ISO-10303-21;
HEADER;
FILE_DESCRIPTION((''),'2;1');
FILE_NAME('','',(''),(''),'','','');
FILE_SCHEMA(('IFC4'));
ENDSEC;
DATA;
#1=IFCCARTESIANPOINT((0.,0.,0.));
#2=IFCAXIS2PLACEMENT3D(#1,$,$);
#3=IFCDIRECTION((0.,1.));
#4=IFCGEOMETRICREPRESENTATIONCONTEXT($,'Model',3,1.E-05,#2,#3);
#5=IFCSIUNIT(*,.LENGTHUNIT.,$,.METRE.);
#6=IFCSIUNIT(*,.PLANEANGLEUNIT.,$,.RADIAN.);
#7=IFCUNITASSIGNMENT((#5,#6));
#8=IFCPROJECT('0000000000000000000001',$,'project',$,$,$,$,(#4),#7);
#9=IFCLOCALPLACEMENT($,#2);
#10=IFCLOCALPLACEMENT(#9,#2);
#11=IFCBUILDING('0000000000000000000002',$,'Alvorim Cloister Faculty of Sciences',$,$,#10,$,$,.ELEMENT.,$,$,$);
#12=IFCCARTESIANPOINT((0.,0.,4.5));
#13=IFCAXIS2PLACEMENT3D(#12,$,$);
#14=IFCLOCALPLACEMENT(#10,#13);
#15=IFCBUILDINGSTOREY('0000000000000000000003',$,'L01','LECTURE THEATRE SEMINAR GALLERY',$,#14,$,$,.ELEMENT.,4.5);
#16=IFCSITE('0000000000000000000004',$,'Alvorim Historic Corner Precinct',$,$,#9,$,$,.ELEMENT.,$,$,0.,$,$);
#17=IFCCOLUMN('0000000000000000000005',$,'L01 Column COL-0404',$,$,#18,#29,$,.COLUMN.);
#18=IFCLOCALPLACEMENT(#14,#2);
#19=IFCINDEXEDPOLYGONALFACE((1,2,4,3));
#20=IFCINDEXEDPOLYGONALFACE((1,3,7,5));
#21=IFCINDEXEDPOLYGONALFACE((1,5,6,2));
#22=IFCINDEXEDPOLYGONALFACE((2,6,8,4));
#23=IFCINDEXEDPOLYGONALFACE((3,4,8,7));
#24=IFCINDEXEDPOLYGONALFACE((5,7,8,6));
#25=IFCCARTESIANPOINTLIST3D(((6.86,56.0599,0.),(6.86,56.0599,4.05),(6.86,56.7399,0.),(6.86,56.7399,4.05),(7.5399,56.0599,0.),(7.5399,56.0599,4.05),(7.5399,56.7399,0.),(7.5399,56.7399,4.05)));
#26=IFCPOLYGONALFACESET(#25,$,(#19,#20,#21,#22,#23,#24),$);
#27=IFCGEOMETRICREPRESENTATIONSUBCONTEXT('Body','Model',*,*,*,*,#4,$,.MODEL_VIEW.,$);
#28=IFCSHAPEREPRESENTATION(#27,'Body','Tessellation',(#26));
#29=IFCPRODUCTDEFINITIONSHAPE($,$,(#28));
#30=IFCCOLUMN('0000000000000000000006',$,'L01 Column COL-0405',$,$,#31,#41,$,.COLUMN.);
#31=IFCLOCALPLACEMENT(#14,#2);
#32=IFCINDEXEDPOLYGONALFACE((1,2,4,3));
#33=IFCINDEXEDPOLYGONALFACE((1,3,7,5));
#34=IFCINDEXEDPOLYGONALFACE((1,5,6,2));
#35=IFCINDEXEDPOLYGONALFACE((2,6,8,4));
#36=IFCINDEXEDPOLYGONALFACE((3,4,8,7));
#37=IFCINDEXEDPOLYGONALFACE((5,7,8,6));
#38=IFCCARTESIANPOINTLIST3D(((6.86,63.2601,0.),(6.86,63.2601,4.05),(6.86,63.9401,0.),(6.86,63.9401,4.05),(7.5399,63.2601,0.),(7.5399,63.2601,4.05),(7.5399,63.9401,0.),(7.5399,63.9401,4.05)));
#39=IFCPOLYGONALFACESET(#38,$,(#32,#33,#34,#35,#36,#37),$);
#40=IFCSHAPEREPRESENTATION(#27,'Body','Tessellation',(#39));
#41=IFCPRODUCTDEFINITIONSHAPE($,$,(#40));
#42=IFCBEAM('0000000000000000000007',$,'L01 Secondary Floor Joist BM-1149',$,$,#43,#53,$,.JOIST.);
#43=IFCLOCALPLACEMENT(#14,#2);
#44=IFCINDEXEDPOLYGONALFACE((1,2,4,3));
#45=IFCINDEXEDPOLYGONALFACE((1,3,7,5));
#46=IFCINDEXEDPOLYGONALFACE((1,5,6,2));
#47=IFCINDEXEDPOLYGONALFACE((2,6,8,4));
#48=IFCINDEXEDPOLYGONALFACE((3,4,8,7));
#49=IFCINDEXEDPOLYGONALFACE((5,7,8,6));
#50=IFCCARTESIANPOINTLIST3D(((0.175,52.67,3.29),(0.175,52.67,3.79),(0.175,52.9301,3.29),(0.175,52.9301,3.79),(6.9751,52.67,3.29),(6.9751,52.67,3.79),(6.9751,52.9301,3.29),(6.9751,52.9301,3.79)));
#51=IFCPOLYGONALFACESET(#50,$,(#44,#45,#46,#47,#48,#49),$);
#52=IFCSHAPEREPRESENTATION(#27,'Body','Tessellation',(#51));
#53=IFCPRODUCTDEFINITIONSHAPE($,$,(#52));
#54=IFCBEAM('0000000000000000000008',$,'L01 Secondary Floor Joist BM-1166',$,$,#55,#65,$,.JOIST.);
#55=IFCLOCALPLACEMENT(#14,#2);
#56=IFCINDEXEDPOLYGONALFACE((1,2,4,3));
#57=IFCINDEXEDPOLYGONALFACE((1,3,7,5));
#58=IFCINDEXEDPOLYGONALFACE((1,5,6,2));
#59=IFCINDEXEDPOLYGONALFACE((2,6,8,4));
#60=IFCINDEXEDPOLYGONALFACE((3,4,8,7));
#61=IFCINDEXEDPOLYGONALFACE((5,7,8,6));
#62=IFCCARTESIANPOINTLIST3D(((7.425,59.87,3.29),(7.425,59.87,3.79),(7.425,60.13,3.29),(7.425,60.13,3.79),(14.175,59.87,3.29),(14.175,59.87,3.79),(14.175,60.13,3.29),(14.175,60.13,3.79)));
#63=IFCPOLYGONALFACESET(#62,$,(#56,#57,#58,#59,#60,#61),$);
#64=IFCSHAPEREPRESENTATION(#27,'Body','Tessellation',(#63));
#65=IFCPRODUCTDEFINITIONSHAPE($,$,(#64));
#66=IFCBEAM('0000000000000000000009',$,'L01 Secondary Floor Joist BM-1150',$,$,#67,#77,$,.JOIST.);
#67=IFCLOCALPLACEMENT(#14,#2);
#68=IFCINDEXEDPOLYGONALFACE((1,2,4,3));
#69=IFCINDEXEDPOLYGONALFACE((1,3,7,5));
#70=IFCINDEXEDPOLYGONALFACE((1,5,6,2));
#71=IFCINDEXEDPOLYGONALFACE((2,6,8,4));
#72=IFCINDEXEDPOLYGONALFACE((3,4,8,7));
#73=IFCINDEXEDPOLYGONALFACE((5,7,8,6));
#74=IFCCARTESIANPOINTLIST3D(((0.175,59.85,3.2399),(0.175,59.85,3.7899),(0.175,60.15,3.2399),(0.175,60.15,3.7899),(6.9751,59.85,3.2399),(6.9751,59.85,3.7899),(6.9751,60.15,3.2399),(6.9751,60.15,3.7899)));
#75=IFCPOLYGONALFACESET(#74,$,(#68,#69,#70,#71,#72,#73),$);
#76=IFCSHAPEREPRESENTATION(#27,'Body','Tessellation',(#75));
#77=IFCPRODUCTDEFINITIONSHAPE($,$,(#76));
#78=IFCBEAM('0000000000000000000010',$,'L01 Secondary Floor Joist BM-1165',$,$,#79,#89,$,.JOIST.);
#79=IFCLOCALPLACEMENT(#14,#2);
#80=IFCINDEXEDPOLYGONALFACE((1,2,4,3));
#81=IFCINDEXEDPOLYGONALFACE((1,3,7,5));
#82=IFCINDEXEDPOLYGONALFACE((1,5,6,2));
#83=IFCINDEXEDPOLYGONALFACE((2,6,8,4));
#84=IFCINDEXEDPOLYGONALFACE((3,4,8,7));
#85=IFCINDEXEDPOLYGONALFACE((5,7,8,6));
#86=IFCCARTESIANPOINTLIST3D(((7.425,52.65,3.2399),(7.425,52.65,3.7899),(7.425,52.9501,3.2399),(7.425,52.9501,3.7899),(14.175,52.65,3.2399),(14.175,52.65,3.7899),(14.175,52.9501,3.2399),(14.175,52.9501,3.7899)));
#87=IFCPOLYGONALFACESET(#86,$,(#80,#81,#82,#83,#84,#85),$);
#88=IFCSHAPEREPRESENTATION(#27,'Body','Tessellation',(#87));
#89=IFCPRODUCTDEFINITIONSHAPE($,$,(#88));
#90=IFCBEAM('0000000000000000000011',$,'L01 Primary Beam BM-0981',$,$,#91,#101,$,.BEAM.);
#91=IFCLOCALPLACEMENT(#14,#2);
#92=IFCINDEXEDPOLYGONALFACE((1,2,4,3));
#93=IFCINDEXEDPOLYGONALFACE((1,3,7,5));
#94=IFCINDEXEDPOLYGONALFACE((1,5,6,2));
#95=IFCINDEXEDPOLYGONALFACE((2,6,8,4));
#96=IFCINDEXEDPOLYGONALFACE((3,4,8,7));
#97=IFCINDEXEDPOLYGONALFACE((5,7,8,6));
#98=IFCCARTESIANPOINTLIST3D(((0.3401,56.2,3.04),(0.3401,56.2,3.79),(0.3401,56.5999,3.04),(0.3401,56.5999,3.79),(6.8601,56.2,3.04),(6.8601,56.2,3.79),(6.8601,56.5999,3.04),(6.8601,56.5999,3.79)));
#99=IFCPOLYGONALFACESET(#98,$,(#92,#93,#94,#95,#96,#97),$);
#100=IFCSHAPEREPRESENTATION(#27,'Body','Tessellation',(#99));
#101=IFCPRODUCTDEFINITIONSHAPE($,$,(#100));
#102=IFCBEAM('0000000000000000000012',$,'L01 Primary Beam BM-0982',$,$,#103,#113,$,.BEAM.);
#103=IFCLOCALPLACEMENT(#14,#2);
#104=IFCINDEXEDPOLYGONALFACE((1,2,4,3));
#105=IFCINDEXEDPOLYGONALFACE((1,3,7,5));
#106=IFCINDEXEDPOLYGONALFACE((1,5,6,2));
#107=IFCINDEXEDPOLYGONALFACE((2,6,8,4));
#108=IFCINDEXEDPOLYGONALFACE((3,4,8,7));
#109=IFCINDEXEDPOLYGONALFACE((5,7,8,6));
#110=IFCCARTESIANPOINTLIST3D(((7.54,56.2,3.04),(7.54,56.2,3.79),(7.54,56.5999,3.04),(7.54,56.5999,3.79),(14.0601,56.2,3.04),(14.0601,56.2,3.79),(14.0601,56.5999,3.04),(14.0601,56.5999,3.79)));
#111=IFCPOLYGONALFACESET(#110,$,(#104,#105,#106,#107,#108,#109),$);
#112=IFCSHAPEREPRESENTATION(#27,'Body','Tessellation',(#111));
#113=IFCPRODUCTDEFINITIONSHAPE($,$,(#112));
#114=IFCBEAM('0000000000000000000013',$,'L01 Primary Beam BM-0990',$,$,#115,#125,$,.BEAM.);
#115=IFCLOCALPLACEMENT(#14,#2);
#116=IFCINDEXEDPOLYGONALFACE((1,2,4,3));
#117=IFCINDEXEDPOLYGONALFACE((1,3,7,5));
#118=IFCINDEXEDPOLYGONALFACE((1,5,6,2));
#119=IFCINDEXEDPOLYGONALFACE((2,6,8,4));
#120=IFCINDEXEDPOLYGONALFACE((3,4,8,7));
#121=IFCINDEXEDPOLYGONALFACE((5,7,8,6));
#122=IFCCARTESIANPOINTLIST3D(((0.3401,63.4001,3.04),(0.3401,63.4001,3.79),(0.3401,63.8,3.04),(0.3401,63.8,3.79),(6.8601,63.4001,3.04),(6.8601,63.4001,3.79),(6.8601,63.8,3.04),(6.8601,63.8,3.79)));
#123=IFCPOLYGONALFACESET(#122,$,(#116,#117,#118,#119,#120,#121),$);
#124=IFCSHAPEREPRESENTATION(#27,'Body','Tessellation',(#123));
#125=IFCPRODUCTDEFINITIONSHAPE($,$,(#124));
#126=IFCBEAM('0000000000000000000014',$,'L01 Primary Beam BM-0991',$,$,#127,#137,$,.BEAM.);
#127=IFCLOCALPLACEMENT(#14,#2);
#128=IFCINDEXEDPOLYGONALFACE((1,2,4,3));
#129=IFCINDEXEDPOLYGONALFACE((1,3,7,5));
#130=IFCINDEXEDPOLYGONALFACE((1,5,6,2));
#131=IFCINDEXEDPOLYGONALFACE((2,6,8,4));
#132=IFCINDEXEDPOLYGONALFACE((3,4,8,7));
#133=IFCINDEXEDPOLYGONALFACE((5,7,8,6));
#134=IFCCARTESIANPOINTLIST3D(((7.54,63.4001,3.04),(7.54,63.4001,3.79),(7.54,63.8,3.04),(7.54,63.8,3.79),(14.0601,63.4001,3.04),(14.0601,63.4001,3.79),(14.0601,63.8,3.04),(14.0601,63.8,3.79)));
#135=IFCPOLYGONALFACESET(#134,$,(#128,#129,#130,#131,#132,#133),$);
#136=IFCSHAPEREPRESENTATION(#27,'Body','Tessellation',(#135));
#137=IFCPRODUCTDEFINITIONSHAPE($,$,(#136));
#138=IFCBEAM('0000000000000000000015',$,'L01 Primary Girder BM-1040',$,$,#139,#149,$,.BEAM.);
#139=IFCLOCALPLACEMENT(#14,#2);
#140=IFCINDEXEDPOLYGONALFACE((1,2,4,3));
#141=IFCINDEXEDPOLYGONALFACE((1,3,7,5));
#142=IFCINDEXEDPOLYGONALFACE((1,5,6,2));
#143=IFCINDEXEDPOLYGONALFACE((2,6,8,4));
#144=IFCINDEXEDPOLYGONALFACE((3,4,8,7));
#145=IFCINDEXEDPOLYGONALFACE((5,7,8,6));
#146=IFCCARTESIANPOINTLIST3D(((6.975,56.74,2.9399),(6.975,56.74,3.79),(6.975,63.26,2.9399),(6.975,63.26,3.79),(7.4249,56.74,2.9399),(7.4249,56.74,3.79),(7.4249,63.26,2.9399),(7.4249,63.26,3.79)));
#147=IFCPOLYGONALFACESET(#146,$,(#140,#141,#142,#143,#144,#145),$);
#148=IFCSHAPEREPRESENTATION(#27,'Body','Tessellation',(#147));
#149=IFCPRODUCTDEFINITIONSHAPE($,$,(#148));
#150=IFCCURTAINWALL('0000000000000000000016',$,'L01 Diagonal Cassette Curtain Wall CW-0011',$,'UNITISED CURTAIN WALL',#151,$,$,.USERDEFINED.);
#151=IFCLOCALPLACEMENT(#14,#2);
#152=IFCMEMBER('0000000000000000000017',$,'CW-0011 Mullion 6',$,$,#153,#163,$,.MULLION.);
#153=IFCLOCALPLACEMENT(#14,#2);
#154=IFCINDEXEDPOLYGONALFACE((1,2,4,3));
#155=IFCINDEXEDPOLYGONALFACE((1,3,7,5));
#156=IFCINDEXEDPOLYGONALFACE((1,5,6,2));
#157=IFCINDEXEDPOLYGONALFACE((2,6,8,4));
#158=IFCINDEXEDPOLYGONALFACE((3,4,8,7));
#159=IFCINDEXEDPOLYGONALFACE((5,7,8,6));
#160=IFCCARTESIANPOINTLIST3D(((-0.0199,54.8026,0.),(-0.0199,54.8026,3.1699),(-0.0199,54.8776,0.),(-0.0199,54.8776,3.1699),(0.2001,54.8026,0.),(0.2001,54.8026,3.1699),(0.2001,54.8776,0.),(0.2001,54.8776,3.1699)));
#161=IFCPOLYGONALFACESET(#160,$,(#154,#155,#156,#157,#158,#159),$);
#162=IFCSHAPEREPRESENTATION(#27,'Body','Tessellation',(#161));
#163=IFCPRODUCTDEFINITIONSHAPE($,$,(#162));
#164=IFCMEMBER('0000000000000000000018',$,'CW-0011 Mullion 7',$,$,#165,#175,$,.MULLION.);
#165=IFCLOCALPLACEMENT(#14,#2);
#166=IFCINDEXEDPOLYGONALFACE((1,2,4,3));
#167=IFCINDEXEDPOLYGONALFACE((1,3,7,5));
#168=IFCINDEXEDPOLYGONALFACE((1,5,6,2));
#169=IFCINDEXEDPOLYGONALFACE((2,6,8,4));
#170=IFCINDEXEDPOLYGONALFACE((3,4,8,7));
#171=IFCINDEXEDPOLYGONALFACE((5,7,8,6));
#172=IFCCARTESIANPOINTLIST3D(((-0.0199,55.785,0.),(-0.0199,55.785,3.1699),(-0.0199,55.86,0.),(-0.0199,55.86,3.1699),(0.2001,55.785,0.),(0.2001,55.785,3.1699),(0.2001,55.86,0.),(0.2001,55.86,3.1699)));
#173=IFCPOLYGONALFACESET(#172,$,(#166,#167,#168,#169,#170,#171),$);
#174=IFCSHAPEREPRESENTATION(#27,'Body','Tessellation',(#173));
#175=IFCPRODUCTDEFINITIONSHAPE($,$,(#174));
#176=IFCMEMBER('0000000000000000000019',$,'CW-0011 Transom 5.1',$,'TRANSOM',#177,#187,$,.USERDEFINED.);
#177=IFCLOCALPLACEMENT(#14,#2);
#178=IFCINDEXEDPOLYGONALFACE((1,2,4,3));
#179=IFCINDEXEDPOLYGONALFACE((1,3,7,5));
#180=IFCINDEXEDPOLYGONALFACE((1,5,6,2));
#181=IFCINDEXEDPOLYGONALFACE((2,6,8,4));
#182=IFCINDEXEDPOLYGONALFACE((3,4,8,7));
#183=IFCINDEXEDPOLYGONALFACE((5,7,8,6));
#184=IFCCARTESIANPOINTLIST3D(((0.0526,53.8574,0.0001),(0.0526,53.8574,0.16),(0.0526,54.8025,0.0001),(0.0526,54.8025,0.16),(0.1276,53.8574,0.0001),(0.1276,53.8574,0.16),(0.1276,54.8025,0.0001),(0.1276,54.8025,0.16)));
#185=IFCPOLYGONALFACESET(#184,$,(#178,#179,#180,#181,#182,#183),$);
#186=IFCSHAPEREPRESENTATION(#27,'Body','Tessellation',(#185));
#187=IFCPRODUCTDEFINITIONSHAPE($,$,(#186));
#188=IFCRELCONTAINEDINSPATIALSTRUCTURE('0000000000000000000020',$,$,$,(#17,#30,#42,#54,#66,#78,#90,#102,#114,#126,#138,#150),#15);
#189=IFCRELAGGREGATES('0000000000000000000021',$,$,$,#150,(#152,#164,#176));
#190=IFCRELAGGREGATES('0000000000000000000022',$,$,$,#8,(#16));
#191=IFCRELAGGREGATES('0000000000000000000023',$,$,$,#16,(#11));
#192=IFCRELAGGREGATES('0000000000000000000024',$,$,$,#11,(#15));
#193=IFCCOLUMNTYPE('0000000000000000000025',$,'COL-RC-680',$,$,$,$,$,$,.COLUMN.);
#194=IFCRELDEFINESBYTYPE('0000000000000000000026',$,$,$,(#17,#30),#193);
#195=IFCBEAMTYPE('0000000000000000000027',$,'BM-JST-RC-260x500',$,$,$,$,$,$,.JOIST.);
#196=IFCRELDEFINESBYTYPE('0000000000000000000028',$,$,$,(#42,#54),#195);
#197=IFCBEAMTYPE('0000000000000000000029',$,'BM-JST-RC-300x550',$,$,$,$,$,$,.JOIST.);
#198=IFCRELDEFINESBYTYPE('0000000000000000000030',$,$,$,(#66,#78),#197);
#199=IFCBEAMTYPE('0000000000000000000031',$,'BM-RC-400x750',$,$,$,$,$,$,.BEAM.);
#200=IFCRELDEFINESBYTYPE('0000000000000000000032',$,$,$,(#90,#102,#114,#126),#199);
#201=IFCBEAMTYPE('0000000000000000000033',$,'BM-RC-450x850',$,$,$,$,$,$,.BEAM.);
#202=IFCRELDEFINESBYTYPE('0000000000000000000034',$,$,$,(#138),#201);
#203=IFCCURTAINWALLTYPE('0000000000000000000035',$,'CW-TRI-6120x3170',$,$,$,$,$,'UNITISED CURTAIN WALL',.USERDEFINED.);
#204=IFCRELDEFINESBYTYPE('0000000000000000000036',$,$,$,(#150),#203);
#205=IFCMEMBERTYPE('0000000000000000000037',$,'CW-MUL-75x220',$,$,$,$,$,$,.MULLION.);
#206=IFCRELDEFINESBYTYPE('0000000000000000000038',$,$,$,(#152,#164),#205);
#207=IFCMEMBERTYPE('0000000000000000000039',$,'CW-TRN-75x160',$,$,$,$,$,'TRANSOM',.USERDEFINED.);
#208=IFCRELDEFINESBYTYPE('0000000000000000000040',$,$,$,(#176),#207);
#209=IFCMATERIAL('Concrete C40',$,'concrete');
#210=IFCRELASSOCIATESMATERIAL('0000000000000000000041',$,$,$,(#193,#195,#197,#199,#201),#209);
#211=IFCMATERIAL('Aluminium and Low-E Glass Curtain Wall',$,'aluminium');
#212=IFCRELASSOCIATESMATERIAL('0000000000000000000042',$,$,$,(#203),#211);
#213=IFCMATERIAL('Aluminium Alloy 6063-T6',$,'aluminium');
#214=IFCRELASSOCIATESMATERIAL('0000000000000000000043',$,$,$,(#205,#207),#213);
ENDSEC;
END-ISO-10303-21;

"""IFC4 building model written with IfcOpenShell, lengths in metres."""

from ifc_helpers import new_model, si_unit, direction, frame, origin, origin_2d, place, context, subcontext, project, spatial, rectangle, extrude, material, material_profile, profile_set, type_object, element, aggregate, save


model = new_model("IFC4")

# Units and contexts
model_context = context("Model", 3, precision=1e-05, world=origin(), true_north=direction((0.0, 1.0)))
body_context = subcontext(model_context, "Body", "Model", "MODEL_VIEW")
ifc_project = project(units=[si_unit("LENGTHUNIT", "METRE"), si_unit("PLANEANGLEUNIT", "RADIAN")], contexts=[model_context])

# Site, building, storey
site_placement = place(None, origin())
site = spatial("IfcSite", under=ifc_project, at=site_placement, Name="Alvorim Historic Corner Precinct", CompositionType="ELEMENT", RefElevation=0.0)
building_placement = place(site_placement, origin())
building = spatial("IfcBuilding", under=site, at=building_placement, Name="Alvorim Cloister Faculty of Sciences", CompositionType="ELEMENT")
storey_placement = place(building_placement, frame((0.0, 0.0, 4.5)))
storey = spatial("IfcBuildingStorey", under=building, at=storey_placement, Name="L01", Description="LECTURE THEATRE SEMINAR GALLERY", CompositionType="ELEMENT", Elevation=4.5)

# Columns
ifc_material_1 = material(Name="Concrete C40", Category="concrete")
ifc_material_profile_1 = material_profile(ifc_material_1, rectangle(XDim=0.6799, YDim=0.6799, at=origin_2d()), Name="RC40-COL-680x680")
ifc_profile_set_1 = profile_set([ifc_material_profile_1], Name="Concrete C40")
column_type = type_object("IfcColumnType", Name="COL-RC-680", PredefinedType="COLUMN", material=ifc_profile_set_1)
for number, where, z_axis, x_axis, name in (
    (1, (7.2, 56.3999, 0.0), (0.0, 0.0, 1.0), (1.0, 0.0, 0.0), "L01 Column COL-0404"),
    (2, (7.2, 63.6001, 0.0), (0.0, 0.0, 1.0), (1.0, 0.0, 0.0), "L01 Column COL-0405"),
):
    element("IfcColumn", number, at=place(storey_placement, frame(where, z_axis=z_axis, x_axis=x_axis)), inside=storey, type_object=column_type, Name=name, PredefinedType="COLUMN", context=body_context, shape_type="SweptSolid", body=[
        extrude(rectangle(XDim=0.6799, YDim=0.6799, at=origin_2d()), origin(), (0.0, 0.0, 1.0), 4.05),
    ])

# Beams
ifc_material_profile_2 = material_profile(ifc_material_1, rectangle(XDim=0.26, YDim=0.5, at=origin_2d()), Name="RC40-JST-260x500")
ifc_profile_set_2 = profile_set([ifc_material_profile_2], Name="Concrete C40")
beam_type_1 = type_object("IfcBeamType", Name="BM-JST-RC-260x500", PredefinedType="JOIST", material=ifc_profile_set_2)
beam_1_placement = place(storey_placement, frame((0.175, 52.8, 3.54), z_axis=(1.0, 0.0, 0.0), x_axis=(0.0, 1.0, 0.0)))
element("IfcBeam", 3, at=beam_1_placement, inside=storey, type_object=beam_type_1, Name="L01 Secondary Floor Joist BM-1149", PredefinedType="JOIST", context=body_context, shape_type="SweptSolid", body=[
    extrude(rectangle(XDim=0.26, YDim=0.5, at=origin_2d()), origin(), (0.0, 0.0, 1.0), 6.8),
])
beam_2_placement = place(storey_placement, frame((7.425, 60.0, 3.54), z_axis=(1.0, 0.0, 0.0), x_axis=(0.0, 1.0, 0.0)))
element("IfcBeam", 4, at=beam_2_placement, inside=storey, type_object=beam_type_1, Name="L01 Secondary Floor Joist BM-1166", PredefinedType="JOIST", context=body_context, shape_type="SweptSolid", body=[
    extrude(rectangle(XDim=0.26, YDim=0.5, at=origin_2d()), origin(), (0.0, 0.0, 1.0), 6.75),
])
ifc_material_profile_3 = material_profile(ifc_material_1, rectangle(XDim=0.3, YDim=0.55, at=origin_2d()), Name="RC40-JST-300x550")
ifc_profile_set_3 = profile_set([ifc_material_profile_3], Name="Concrete C40")
beam_type_2 = type_object("IfcBeamType", Name="BM-JST-RC-300x550", PredefinedType="JOIST", material=ifc_profile_set_3)
beam_3_placement = place(storey_placement, frame((0.175, 60.0, 3.5149), z_axis=(1.0, 0.0, 0.0), x_axis=(0.0, 1.0, 0.0)))
element("IfcBeam", 5, at=beam_3_placement, inside=storey, type_object=beam_type_2, Name="L01 Secondary Floor Joist BM-1150", PredefinedType="JOIST", context=body_context, shape_type="SweptSolid", body=[
    extrude(rectangle(XDim=0.3, YDim=0.55, at=origin_2d()), origin(), (0.0, 0.0, 1.0), 6.8),
])
beam_4_placement = place(storey_placement, frame((7.425, 52.8, 3.5149), z_axis=(1.0, 0.0, 0.0), x_axis=(0.0, 1.0, 0.0)))
element("IfcBeam", 6, at=beam_4_placement, inside=storey, type_object=beam_type_2, Name="L01 Secondary Floor Joist BM-1165", PredefinedType="JOIST", context=body_context, shape_type="SweptSolid", body=[
    extrude(rectangle(XDim=0.3, YDim=0.55, at=origin_2d()), origin(), (0.0, 0.0, 1.0), 6.75),
])
ifc_material_profile_4 = material_profile(ifc_material_1, rectangle(XDim=0.3999, YDim=0.75, at=origin_2d()), Name="RC40-BM-400x750")
ifc_profile_set_4 = profile_set([ifc_material_profile_4], Name="Concrete C40")
beam_type_3 = type_object("IfcBeamType", Name="BM-RC-400x750", PredefinedType="BEAM", material=ifc_profile_set_4)
for number, where, z_axis, x_axis, name in (
    (7, (0.3401, 56.3999, 3.415), (1.0, 0.0, 0.0), (0.0, 1.0, 0.0), "L01 Primary Beam BM-0981"),
    (8, (7.54, 56.3999, 3.415), (1.0, 0.0, 0.0), (0.0, 1.0, 0.0), "L01 Primary Beam BM-0982"),
    (9, (0.3401, 63.6001, 3.415), (1.0, 0.0, 0.0), (0.0, 1.0, 0.0), "L01 Primary Beam BM-0990"),
    (10, (7.54, 63.6001, 3.415), (1.0, 0.0, 0.0), (0.0, 1.0, 0.0), "L01 Primary Beam BM-0991"),
):
    element("IfcBeam", number, at=place(storey_placement, frame(where, z_axis=z_axis, x_axis=x_axis)), inside=storey, type_object=beam_type_3, Name=name, PredefinedType="BEAM", context=body_context, shape_type="SweptSolid", body=[
        extrude(rectangle(XDim=0.3999, YDim=0.75, at=origin_2d()), origin(), (0.0, 0.0, 1.0), 6.52),
    ])
ifc_material_profile_5 = material_profile(ifc_material_1, rectangle(XDim=0.45, YDim=0.8501, at=origin_2d()), Name="RC40-BM-450x850")
ifc_profile_set_5 = profile_set([ifc_material_profile_5], Name="Concrete C40")
beam_type_4 = type_object("IfcBeamType", Name="BM-RC-450x850", PredefinedType="BEAM", material=ifc_profile_set_5)
beam_5_placement = place(storey_placement, frame((7.2, 56.74, 3.365), z_axis=(0.0, 1.0, 0.0), x_axis=(-1.0, 0.0, 0.0)))
element("IfcBeam", 11, at=beam_5_placement, inside=storey, type_object=beam_type_4, Name="L01 Primary Girder BM-1040", PredefinedType="BEAM", context=body_context, shape_type="SweptSolid", body=[
    extrude(rectangle(XDim=0.45, YDim=0.8501, at=origin_2d()), origin(), (0.0, 0.0, 1.0), 6.52),
])

# Curtain wall, members
ifc_material_2 = material(Name="Aluminium and Low-E Glass Curtain Wall", Category="aluminium")
curtain_wall_type = type_object("IfcCurtainWallType", Name="CW-TRI-6120x3170", ElementType="UNITISED CURTAIN WALL", PredefinedType="USERDEFINED", material=ifc_material_2)
curtain_wall_placement = place(storey_placement, origin())
curtain_wall = element("IfcCurtainWall", 12, at=curtain_wall_placement, inside=storey, type_object=curtain_wall_type, Name="L01 Diagonal Cassette Curtain Wall CW-0011", ObjectType="UNITISED CURTAIN WALL", PredefinedType="USERDEFINED")
ifc_material_3 = material(Name="Aluminium Alloy 6063-T6", Category="aluminium")
ifc_material_profile_6 = material_profile(ifc_material_3, rectangle(XDim=0.075, YDim=0.22, at=origin_2d()), Name="ALU-MUL-75x220")
ifc_profile_set_6 = profile_set([ifc_material_profile_6], Name="Aluminium Alloy 6063-T6")
member_type_1 = type_object("IfcMemberType", Name="CW-MUL-75x220", PredefinedType="MULLION", material=ifc_profile_set_6)
member_1_placement = place(storey_placement, frame((0.0901, 54.8401, 0.0), z_axis=(0.0, 0.0, 1.0), x_axis=(0.0, 1.0, 0.0)))
member_1 = element("IfcMember", 13, at=member_1_placement, type_object=member_type_1, Name="CW-0011 Mullion 6", PredefinedType="MULLION", context=body_context, shape_type="SweptSolid", body=[
    extrude(rectangle(XDim=0.075, YDim=0.22, at=origin_2d()), origin(), (0.0, 0.0, 1.0), 3.1699),
])
member_2_placement = place(storey_placement, frame((0.0901, 55.8225, 0.0), z_axis=(0.0, 0.0, 1.0), x_axis=(0.0, 1.0, 0.0)))
member_2 = element("IfcMember", 14, at=member_2_placement, type_object=member_type_1, Name="CW-0011 Mullion 7", PredefinedType="MULLION", context=body_context, shape_type="SweptSolid", body=[
    extrude(rectangle(XDim=0.075, YDim=0.22, at=origin_2d()), origin(), (0.0, 0.0, 1.0), 3.1699),
])
ifc_material_profile_7 = material_profile(ifc_material_3, rectangle(XDim=0.075, YDim=0.1599, at=origin_2d()), Name="ALU-TRN-75x160")
ifc_profile_set_7 = profile_set([ifc_material_profile_7], Name="Aluminium Alloy 6063-T6")
member_type_2 = type_object("IfcMemberType", Name="CW-TRN-75x160", ElementType="TRANSOM", PredefinedType="USERDEFINED", material=ifc_profile_set_7)
member_3_placement = place(storey_placement, frame((0.0901, 53.8574, 0.0801), z_axis=(0.0, 1.0, 0.0), x_axis=(-1.0, 0.0, 0.0)))
member_3 = element("IfcMember", 15, at=member_3_placement, type_object=member_type_2, Name="CW-0011 Transom 5.1", ObjectType="TRANSOM", PredefinedType="USERDEFINED", context=body_context, shape_type="SweptSolid", body=[
    extrude(rectangle(XDim=0.075, YDim=0.1599, at=origin_2d()), origin(), (0.0, 0.0, 1.0), 0.9451),
])
aggregate(curtain_wall, [member_1, member_2, member_3])

save(model, "model.ifc")
